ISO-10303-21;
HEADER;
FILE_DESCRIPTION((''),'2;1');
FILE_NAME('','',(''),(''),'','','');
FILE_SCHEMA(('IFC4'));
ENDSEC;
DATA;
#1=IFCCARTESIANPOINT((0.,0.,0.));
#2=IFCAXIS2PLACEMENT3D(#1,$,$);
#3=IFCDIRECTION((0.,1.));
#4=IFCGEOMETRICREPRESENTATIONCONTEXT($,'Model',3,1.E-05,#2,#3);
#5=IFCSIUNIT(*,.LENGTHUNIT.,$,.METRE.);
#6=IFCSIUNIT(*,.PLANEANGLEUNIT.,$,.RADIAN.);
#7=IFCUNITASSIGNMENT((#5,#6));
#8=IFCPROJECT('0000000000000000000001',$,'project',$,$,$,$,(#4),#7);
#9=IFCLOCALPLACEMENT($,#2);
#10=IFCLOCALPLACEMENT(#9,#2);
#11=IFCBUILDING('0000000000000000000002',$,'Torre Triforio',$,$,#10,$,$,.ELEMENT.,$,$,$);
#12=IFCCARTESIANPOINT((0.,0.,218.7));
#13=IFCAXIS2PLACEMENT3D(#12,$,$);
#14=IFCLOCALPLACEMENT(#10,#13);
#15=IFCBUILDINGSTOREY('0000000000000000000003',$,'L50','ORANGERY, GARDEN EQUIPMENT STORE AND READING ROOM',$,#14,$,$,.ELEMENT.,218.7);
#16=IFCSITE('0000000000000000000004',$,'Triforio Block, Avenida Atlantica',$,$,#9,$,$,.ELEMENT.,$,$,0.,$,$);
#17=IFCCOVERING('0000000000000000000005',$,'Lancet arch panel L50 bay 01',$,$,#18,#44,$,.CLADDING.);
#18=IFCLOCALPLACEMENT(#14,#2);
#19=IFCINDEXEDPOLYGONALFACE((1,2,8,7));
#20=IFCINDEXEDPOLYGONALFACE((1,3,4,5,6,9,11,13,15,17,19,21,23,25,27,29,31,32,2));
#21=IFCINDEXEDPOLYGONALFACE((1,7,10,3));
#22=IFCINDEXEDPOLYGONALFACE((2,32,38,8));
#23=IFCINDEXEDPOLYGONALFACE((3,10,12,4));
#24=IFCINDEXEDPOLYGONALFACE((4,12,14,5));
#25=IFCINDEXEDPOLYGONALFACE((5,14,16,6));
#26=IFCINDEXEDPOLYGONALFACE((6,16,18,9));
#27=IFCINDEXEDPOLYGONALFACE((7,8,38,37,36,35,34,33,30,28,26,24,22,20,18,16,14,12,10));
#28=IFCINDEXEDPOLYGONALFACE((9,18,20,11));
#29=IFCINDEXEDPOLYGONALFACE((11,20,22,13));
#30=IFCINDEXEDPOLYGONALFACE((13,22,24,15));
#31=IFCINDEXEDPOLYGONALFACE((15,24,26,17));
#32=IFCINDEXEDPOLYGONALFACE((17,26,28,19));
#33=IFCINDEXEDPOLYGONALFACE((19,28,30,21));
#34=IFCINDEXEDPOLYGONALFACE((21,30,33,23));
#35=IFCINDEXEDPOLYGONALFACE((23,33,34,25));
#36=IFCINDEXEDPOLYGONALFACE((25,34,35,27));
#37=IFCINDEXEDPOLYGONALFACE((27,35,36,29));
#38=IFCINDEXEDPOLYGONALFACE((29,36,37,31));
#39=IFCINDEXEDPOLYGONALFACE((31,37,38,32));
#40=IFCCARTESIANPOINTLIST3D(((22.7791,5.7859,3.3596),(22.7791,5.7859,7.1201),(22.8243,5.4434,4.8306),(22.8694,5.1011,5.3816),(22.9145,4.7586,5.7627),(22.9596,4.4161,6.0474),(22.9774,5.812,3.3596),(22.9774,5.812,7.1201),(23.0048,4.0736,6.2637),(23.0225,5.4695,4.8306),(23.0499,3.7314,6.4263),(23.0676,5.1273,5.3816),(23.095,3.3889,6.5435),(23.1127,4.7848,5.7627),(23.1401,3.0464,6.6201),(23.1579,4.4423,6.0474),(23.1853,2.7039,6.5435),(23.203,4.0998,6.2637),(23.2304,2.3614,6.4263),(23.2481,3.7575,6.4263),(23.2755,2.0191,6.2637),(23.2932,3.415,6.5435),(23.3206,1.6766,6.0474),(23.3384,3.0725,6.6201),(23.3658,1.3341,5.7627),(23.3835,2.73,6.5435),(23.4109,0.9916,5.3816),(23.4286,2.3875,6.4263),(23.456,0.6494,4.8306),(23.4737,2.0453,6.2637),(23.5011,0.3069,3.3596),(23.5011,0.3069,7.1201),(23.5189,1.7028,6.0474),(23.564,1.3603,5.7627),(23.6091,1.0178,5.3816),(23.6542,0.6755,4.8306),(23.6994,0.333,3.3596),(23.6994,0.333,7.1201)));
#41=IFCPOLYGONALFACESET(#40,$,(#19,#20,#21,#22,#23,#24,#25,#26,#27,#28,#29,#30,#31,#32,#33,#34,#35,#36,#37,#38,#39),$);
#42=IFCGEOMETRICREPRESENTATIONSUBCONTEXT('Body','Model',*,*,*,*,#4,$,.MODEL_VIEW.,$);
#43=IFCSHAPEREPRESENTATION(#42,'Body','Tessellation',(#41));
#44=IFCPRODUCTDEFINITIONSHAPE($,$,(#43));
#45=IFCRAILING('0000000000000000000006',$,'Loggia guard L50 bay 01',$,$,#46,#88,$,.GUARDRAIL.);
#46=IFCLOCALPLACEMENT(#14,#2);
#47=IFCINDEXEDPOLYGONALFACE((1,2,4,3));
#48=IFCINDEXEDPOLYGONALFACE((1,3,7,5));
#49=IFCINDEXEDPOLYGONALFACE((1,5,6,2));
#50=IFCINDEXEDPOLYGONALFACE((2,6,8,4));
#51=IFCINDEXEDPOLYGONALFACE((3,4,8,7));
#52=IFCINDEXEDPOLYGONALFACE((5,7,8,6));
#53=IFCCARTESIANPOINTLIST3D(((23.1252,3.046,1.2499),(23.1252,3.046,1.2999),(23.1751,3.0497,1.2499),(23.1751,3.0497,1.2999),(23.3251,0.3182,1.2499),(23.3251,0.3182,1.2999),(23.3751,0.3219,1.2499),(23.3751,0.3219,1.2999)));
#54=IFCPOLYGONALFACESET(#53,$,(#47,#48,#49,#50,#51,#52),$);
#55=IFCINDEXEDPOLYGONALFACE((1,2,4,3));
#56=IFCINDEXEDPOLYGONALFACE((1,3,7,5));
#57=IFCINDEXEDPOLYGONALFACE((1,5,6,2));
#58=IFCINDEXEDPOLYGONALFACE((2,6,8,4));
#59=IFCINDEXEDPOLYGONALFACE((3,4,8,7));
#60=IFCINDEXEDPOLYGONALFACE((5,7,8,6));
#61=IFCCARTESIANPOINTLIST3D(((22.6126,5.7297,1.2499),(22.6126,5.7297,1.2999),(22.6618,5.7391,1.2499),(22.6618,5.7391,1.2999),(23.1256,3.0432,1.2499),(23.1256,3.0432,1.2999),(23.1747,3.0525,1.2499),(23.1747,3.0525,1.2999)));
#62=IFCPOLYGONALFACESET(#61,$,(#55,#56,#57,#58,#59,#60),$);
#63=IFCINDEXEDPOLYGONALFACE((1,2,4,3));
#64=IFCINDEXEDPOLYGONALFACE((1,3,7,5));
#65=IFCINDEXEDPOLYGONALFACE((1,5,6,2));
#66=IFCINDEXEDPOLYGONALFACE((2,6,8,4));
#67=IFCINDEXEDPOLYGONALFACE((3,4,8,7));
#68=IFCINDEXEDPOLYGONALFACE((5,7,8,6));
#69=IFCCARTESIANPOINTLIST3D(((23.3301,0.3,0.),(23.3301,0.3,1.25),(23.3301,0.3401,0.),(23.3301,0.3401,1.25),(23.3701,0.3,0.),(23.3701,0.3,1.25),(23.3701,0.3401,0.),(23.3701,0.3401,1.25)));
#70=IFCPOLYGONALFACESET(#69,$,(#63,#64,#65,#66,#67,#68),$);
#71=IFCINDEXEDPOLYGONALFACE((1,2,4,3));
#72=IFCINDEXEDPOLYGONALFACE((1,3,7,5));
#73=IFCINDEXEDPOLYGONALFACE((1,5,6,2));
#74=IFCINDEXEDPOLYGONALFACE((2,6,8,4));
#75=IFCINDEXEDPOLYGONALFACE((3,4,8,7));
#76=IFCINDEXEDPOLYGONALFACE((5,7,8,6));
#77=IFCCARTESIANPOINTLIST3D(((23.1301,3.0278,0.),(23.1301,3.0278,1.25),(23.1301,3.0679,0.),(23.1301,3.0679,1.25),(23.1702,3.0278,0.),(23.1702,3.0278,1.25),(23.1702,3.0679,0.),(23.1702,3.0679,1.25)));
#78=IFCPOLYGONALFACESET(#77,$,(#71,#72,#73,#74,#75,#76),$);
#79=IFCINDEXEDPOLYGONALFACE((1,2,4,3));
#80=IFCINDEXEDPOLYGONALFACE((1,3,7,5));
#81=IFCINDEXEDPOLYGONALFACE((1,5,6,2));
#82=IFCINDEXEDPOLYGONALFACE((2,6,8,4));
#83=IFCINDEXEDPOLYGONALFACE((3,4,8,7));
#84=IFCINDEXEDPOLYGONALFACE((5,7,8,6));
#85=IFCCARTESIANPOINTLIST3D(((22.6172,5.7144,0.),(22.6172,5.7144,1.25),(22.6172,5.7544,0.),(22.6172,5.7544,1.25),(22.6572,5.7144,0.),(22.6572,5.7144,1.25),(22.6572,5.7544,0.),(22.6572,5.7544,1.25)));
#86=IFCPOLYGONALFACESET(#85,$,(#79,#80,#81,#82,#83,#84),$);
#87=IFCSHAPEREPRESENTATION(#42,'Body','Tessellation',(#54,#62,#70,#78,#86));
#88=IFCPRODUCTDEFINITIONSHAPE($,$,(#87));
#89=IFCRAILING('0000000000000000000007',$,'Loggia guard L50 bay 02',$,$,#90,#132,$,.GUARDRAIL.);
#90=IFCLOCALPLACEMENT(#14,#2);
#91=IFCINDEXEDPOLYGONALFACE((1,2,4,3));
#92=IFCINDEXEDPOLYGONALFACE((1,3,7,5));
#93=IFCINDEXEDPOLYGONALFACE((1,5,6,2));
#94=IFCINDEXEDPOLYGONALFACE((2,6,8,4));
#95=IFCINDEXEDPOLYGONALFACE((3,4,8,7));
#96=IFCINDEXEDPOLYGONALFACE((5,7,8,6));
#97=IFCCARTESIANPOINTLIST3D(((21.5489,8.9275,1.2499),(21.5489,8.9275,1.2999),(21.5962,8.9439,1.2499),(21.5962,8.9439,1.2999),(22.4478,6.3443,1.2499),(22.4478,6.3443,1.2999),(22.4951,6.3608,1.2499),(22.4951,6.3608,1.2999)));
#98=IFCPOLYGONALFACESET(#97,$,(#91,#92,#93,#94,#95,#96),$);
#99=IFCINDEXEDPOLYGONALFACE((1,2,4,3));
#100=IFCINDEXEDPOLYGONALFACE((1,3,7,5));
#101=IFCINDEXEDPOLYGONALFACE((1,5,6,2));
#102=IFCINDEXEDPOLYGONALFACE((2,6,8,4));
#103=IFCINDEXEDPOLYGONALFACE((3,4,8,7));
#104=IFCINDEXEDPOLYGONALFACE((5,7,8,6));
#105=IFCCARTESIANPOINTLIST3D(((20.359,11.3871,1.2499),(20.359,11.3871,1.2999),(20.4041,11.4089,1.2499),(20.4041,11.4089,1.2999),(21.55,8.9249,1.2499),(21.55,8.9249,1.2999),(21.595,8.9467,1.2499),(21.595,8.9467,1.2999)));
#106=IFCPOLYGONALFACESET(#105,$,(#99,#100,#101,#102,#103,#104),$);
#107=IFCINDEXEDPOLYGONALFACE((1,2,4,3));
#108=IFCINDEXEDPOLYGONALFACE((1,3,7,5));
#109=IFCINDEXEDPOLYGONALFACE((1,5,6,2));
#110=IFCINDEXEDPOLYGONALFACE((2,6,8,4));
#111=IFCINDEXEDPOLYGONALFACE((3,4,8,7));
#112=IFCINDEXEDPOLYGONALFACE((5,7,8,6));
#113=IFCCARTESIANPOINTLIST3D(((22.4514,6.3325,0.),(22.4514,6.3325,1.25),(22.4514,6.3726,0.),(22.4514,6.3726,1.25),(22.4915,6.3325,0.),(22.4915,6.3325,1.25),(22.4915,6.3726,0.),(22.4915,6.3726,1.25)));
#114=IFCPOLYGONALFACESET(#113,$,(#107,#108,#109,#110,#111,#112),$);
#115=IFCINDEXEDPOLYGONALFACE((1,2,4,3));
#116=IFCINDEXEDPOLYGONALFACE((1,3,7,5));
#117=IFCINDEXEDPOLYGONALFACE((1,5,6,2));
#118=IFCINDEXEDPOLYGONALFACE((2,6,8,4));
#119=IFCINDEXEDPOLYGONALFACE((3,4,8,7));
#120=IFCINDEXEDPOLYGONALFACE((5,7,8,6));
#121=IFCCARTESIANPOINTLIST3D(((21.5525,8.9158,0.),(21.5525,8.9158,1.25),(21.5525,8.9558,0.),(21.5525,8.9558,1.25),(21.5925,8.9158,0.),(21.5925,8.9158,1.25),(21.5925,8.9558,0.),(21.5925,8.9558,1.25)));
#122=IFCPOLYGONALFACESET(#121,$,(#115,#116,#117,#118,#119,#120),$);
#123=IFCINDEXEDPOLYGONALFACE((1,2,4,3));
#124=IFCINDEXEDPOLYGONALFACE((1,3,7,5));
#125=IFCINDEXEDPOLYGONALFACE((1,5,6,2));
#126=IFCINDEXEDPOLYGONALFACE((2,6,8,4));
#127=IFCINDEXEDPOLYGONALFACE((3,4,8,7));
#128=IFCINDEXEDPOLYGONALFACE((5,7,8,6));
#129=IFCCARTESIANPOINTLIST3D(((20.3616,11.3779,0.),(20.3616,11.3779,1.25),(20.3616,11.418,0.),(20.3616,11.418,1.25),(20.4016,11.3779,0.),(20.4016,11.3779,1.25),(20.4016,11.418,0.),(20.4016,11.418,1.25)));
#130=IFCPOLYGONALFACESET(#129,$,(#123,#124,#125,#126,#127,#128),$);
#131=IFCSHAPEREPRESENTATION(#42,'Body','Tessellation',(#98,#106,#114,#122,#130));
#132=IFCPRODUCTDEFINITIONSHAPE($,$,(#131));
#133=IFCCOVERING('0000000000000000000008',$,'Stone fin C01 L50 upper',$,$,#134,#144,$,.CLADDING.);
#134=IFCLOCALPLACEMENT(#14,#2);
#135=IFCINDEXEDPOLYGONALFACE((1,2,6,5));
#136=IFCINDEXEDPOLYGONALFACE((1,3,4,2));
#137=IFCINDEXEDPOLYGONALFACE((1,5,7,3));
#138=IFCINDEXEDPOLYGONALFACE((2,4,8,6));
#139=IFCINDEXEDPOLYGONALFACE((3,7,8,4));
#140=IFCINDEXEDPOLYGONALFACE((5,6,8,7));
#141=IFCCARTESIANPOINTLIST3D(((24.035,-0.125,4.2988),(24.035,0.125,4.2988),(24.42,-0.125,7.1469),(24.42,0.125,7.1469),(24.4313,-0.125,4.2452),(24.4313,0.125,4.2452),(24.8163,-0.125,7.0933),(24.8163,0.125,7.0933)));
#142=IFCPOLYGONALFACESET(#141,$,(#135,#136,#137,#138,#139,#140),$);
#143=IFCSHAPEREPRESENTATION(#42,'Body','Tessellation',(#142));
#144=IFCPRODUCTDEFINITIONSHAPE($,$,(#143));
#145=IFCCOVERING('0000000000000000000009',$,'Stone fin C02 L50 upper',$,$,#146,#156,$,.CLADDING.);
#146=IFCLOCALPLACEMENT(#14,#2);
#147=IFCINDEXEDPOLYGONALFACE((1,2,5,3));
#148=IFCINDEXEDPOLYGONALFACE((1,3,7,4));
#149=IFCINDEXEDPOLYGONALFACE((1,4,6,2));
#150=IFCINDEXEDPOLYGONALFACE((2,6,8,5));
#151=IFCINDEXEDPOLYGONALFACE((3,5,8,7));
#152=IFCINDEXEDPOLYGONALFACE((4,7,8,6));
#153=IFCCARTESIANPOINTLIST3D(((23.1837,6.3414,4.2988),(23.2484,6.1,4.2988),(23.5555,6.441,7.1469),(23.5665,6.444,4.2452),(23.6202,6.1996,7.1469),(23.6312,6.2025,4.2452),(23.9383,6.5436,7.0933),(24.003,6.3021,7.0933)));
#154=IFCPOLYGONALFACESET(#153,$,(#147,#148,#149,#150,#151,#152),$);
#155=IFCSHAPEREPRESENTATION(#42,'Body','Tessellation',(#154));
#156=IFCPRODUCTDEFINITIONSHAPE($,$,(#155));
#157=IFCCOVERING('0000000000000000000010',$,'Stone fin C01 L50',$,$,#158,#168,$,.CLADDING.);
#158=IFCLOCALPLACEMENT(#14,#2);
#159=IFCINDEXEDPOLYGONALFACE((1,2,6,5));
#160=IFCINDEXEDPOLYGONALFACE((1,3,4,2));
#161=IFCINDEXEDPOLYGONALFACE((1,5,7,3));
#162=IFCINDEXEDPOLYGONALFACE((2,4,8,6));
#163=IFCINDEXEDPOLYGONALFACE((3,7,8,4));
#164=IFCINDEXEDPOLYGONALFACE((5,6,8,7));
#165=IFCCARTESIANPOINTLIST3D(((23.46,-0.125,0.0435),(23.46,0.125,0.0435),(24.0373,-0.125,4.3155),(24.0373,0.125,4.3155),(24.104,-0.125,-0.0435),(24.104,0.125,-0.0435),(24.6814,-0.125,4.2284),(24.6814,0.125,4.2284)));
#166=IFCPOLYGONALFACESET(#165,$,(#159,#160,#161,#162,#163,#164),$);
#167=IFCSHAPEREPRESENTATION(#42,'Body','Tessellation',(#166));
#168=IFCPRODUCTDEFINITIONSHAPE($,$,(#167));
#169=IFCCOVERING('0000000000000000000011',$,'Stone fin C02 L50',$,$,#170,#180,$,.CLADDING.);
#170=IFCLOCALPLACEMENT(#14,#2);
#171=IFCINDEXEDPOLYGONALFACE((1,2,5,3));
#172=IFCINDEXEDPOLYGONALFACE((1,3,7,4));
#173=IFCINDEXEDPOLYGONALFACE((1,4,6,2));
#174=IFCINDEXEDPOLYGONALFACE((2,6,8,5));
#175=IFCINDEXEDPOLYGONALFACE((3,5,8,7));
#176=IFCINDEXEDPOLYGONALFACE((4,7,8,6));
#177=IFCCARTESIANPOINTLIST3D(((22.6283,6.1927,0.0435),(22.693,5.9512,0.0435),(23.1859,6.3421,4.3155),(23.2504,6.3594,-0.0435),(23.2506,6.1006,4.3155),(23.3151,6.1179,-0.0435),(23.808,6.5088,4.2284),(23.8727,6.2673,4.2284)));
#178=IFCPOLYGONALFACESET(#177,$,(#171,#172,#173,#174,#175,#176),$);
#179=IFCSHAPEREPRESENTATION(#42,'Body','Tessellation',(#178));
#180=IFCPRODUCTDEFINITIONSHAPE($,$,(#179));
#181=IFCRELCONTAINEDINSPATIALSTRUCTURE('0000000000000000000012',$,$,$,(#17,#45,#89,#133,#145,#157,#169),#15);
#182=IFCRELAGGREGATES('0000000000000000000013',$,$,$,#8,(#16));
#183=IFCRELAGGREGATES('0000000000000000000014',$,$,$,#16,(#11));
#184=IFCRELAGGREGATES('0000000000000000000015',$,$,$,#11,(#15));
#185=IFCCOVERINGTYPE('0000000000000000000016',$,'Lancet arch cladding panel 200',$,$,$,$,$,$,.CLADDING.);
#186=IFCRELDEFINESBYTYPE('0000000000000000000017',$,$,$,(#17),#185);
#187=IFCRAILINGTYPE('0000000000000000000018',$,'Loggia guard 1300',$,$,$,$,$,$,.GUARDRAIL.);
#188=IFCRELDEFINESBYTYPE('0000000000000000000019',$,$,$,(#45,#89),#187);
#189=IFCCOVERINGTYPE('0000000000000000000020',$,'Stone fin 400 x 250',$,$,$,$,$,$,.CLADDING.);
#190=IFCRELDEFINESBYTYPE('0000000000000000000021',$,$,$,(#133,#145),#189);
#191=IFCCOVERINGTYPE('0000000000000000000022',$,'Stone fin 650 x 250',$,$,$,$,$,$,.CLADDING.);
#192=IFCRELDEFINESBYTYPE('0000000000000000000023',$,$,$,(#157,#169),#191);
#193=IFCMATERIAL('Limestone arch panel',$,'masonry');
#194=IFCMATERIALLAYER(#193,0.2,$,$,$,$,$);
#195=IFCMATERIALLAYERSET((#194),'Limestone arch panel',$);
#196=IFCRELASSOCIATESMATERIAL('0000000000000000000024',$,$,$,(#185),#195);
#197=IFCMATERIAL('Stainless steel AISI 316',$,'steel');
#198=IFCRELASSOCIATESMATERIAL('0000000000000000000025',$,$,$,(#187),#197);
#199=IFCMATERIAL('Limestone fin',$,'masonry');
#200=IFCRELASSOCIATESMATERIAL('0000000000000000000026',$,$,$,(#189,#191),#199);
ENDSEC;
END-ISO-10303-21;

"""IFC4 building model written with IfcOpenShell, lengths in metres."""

from ifc_helpers import new_model, si_unit, direction, frame, origin, origin_2d, place, context, subcontext, project, spatial, polyline, rectangle, outline, extrude, material, layer, layer_set, material_profile, profile_set, type_object, element, save


model = new_model("IFC4")

# Units and contexts
model_context = context("Model", 3, precision=1e-05, world=origin(), true_north=direction((0.0, 1.0)))
body_context = subcontext(model_context, "Body", "Model", "MODEL_VIEW")
ifc_project = project(units=[si_unit("LENGTHUNIT", "METRE"), si_unit("PLANEANGLEUNIT", "RADIAN")], contexts=[model_context])

# Site, building, storey
site_placement = place(None, origin())
site = spatial("IfcSite", under=ifc_project, at=site_placement, Name="Triforio Block, Avenida Atlantica", CompositionType="ELEMENT", RefElevation=0.0)
building_placement = place(site_placement, origin())
building = spatial("IfcBuilding", under=site, at=building_placement, Name="Torre Triforio", CompositionType="ELEMENT")
storey_placement = place(building_placement, frame((0.0, 0.0, 218.7)))
storey = spatial("IfcBuildingStorey", under=building, at=storey_placement, Name="L50", Description="ORANGERY, GARDEN EQUIPMENT STORE AND READING ROOM", CompositionType="ELEMENT", Elevation=218.7)

# Covering
ifc_material_1 = material(Name="Limestone arch panel", Category="masonry")
ifc_layer_1 = layer(ifc_material_1, 0.2)
ifc_layer_set_1 = layer_set([ifc_layer_1], Name="Limestone arch panel")
covering_type_1 = type_object("IfcCoveringType", Name="Lancet arch cladding panel 200", PredefinedType="CLADDING", material=ifc_layer_set_1)
covering_placement = place(storey_placement, frame((23.1401, 3.0464, 0.0), z_axis=(0.991429, 0.130644, 0.0), x_axis=(-0.130644, 0.991429, 0.0)))
element("IfcCovering", 1, at=covering_placement, inside=storey, type_object=covering_type_1, Name="Lancet arch panel L50 bay 01", PredefinedType="CLADDING", context=body_context, shape_type="SweptSolid", body=[
    extrude(outline(polyline([(-2.7632, 7.1201), (-2.7632, 3.3596), (-2.4177, 4.8306), (-2.0725, 5.3816), (-1.7271, 5.7627), (-1.3816, 6.0474), (-1.0361, 6.2637), (-0.6909, 6.4263), (-0.3455, 6.5435), (0.0, 6.6201), (0.3455, 6.5435), (0.6909, 6.4263), (1.0361, 6.2637), (1.3816, 6.0474), (1.7271, 5.7627), (2.0725, 5.3816), (2.4177, 4.8306), (2.7632, 3.3596), (2.7632, 7.1201), (-2.7632, 7.1201)])), origin(), (0.0, 0.0, 1.0), 0.2),
])

# Railings
ifc_material_2 = material(Name="Stainless steel AISI 316", Category="steel")
railing_type = type_object("IfcRailingType", Name="Loggia guard 1300", PredefinedType="GUARDRAIL", material=ifc_material_2)
railing_1_placement = place(storey_placement, frame((23.3501, 0.3201, 0.0)))
element("IfcRailing", 2, at=railing_1_placement, inside=storey, type_object=railing_type, Name="Loggia guard L50 bay 01", PredefinedType="GUARDRAIL", context=body_context, shape_type="SweptSolid", body=[
    extrude(rectangle(XDim=0.05, YDim=0.05, at=origin_2d()), frame((0.0, 0.0, 1.2749), z_axis=(-0.073106, 0.997324, 0.0), x_axis=(-0.997324, -0.073106, 0.0)), (0.0, 0.0, 1.0), 2.7351),
    extrude(rectangle(XDim=0.05, YDim=0.05, at=origin_2d()), frame((-0.2, 2.7278, 1.2749), z_axis=(-0.187543, 0.982256, 0.0), x_axis=(-0.982256, -0.187543, 0.0)), (0.0, 0.0, 1.0), 2.7351),
    extrude(rectangle(XDim=0.04, YDim=0.04, at=origin_2d()), origin(), (0.0, 0.0, 1.0), 1.25),
    extrude(rectangle(XDim=0.04, YDim=0.04, at=origin_2d()), frame((-0.2, 2.7278, 0.0)), (0.0, 0.0, 1.0), 1.25),
    extrude(rectangle(XDim=0.04, YDim=0.04, at=origin_2d()), frame((-0.7129, 5.4143, 0.0)), (0.0, 0.0, 1.0), 1.25),
])
railing_2_placement = place(storey_placement, frame((22.4714, 6.3525, 0.0)))
element("IfcRailing", 3, at=railing_2_placement, inside=storey, type_object=railing_type, Name="Loggia guard L50 bay 02", PredefinedType="GUARDRAIL", context=body_context, shape_type="SweptSolid", body=[
    extrude(rectangle(XDim=0.05, YDim=0.05, at=origin_2d()), frame((0.0, 0.0, 1.2749), z_axis=(-0.328652, 0.944451, 0.0), x_axis=(-0.944451, -0.328652, 0.0)), (0.0, 0.0, 1.0), 2.7351),
    extrude(rectangle(XDim=0.05, YDim=0.05, at=origin_2d()), frame((-0.8989, 2.5833, 1.2749), z_axis=(-0.435428, 0.900224, 0.0), x_axis=(-0.900224, -0.435428, 0.0)), (0.0, 0.0, 1.0), 2.7351),
    extrude(rectangle(XDim=0.04, YDim=0.04, at=origin_2d()), origin(), (0.0, 0.0, 1.0), 1.25),
    extrude(rectangle(XDim=0.04, YDim=0.04, at=origin_2d()), frame((-0.8989, 2.5833, 0.0)), (0.0, 0.0, 1.0), 1.25),
    extrude(rectangle(XDim=0.04, YDim=0.04, at=origin_2d()), frame((-2.0898, 5.0454, 0.0)), (0.0, 0.0, 1.0), 1.25),
])

# Coverings
ifc_material_3 = material(Name="Limestone fin", Category="masonry")
ifc_material_profile_1 = material_profile(ifc_material_3, rectangle(XDim=0.3999, YDim=0.25, at=origin_2d()), Name="FIN 400x250")
ifc_profile_set_1 = profile_set([ifc_material_profile_1], Name="Limestone fin")
covering_type_2 = type_object("IfcCoveringType", Name="Stone fin 400 x 250", PredefinedType="CLADDING", material=ifc_profile_set_1)
for number, where, z_axis, x_axis, name in (
    (4, (24.2332, 0.0, 4.272), (0.133961, 0.0, 0.990987), (-0.990987, 0.0, 0.133961), "Stone fin C01 L50 upper"),
    (5, (23.4075, 6.272, 4.272), (0.129374, 0.034658, 0.99099), (-0.957236, -0.256436, 0.133936), "Stone fin C02 L50 upper"),
):
    element("IfcCovering", number, at=place(storey_placement, frame(where, z_axis=z_axis, x_axis=x_axis)), inside=storey, type_object=covering_type_2, Name=name, PredefinedType="CLADDING", context=body_context, shape_type="SweptSolid", body=[
        extrude(rectangle(XDim=0.3999, YDim=0.25, at=origin_2d()), origin(), (0.0, 0.0, 1.0), 2.874),
    ])
ifc_material_profile_2 = material_profile(ifc_material_3, rectangle(XDim=0.6499, YDim=0.25, at=origin_2d()), Name="FIN 650x250")
ifc_profile_set_2 = profile_set([ifc_material_profile_2], Name="Limestone fin")
covering_type_3 = type_object("IfcCoveringType", Name="Stone fin 650 x 250", PredefinedType="CLADDING", material=ifc_profile_set_2)
for number, where, z_axis, x_axis, name in (
    (6, (23.782, 0.0, 0.0), (0.13394, 0.0, 0.990989), (-0.990989, 0.0, 0.13394), "Stone fin C01 L50"),
    (7, (22.9717, 6.1553, 0.0), (0.129353, 0.03466, 0.990993), (-0.957225, -0.256489, 0.133917), "Stone fin C02 L50"),
):
    element("IfcCovering", number, at=place(storey_placement, frame(where, z_axis=z_axis, x_axis=x_axis)), inside=storey, type_object=covering_type_3, Name=name, PredefinedType="CLADDING", context=body_context, shape_type="SweptSolid", body=[
        extrude(rectangle(XDim=0.6499, YDim=0.25, at=origin_2d()), origin(), (0.0, 0.0, 1.0), 4.3108),
    ])

save(model, "model.ifc")
